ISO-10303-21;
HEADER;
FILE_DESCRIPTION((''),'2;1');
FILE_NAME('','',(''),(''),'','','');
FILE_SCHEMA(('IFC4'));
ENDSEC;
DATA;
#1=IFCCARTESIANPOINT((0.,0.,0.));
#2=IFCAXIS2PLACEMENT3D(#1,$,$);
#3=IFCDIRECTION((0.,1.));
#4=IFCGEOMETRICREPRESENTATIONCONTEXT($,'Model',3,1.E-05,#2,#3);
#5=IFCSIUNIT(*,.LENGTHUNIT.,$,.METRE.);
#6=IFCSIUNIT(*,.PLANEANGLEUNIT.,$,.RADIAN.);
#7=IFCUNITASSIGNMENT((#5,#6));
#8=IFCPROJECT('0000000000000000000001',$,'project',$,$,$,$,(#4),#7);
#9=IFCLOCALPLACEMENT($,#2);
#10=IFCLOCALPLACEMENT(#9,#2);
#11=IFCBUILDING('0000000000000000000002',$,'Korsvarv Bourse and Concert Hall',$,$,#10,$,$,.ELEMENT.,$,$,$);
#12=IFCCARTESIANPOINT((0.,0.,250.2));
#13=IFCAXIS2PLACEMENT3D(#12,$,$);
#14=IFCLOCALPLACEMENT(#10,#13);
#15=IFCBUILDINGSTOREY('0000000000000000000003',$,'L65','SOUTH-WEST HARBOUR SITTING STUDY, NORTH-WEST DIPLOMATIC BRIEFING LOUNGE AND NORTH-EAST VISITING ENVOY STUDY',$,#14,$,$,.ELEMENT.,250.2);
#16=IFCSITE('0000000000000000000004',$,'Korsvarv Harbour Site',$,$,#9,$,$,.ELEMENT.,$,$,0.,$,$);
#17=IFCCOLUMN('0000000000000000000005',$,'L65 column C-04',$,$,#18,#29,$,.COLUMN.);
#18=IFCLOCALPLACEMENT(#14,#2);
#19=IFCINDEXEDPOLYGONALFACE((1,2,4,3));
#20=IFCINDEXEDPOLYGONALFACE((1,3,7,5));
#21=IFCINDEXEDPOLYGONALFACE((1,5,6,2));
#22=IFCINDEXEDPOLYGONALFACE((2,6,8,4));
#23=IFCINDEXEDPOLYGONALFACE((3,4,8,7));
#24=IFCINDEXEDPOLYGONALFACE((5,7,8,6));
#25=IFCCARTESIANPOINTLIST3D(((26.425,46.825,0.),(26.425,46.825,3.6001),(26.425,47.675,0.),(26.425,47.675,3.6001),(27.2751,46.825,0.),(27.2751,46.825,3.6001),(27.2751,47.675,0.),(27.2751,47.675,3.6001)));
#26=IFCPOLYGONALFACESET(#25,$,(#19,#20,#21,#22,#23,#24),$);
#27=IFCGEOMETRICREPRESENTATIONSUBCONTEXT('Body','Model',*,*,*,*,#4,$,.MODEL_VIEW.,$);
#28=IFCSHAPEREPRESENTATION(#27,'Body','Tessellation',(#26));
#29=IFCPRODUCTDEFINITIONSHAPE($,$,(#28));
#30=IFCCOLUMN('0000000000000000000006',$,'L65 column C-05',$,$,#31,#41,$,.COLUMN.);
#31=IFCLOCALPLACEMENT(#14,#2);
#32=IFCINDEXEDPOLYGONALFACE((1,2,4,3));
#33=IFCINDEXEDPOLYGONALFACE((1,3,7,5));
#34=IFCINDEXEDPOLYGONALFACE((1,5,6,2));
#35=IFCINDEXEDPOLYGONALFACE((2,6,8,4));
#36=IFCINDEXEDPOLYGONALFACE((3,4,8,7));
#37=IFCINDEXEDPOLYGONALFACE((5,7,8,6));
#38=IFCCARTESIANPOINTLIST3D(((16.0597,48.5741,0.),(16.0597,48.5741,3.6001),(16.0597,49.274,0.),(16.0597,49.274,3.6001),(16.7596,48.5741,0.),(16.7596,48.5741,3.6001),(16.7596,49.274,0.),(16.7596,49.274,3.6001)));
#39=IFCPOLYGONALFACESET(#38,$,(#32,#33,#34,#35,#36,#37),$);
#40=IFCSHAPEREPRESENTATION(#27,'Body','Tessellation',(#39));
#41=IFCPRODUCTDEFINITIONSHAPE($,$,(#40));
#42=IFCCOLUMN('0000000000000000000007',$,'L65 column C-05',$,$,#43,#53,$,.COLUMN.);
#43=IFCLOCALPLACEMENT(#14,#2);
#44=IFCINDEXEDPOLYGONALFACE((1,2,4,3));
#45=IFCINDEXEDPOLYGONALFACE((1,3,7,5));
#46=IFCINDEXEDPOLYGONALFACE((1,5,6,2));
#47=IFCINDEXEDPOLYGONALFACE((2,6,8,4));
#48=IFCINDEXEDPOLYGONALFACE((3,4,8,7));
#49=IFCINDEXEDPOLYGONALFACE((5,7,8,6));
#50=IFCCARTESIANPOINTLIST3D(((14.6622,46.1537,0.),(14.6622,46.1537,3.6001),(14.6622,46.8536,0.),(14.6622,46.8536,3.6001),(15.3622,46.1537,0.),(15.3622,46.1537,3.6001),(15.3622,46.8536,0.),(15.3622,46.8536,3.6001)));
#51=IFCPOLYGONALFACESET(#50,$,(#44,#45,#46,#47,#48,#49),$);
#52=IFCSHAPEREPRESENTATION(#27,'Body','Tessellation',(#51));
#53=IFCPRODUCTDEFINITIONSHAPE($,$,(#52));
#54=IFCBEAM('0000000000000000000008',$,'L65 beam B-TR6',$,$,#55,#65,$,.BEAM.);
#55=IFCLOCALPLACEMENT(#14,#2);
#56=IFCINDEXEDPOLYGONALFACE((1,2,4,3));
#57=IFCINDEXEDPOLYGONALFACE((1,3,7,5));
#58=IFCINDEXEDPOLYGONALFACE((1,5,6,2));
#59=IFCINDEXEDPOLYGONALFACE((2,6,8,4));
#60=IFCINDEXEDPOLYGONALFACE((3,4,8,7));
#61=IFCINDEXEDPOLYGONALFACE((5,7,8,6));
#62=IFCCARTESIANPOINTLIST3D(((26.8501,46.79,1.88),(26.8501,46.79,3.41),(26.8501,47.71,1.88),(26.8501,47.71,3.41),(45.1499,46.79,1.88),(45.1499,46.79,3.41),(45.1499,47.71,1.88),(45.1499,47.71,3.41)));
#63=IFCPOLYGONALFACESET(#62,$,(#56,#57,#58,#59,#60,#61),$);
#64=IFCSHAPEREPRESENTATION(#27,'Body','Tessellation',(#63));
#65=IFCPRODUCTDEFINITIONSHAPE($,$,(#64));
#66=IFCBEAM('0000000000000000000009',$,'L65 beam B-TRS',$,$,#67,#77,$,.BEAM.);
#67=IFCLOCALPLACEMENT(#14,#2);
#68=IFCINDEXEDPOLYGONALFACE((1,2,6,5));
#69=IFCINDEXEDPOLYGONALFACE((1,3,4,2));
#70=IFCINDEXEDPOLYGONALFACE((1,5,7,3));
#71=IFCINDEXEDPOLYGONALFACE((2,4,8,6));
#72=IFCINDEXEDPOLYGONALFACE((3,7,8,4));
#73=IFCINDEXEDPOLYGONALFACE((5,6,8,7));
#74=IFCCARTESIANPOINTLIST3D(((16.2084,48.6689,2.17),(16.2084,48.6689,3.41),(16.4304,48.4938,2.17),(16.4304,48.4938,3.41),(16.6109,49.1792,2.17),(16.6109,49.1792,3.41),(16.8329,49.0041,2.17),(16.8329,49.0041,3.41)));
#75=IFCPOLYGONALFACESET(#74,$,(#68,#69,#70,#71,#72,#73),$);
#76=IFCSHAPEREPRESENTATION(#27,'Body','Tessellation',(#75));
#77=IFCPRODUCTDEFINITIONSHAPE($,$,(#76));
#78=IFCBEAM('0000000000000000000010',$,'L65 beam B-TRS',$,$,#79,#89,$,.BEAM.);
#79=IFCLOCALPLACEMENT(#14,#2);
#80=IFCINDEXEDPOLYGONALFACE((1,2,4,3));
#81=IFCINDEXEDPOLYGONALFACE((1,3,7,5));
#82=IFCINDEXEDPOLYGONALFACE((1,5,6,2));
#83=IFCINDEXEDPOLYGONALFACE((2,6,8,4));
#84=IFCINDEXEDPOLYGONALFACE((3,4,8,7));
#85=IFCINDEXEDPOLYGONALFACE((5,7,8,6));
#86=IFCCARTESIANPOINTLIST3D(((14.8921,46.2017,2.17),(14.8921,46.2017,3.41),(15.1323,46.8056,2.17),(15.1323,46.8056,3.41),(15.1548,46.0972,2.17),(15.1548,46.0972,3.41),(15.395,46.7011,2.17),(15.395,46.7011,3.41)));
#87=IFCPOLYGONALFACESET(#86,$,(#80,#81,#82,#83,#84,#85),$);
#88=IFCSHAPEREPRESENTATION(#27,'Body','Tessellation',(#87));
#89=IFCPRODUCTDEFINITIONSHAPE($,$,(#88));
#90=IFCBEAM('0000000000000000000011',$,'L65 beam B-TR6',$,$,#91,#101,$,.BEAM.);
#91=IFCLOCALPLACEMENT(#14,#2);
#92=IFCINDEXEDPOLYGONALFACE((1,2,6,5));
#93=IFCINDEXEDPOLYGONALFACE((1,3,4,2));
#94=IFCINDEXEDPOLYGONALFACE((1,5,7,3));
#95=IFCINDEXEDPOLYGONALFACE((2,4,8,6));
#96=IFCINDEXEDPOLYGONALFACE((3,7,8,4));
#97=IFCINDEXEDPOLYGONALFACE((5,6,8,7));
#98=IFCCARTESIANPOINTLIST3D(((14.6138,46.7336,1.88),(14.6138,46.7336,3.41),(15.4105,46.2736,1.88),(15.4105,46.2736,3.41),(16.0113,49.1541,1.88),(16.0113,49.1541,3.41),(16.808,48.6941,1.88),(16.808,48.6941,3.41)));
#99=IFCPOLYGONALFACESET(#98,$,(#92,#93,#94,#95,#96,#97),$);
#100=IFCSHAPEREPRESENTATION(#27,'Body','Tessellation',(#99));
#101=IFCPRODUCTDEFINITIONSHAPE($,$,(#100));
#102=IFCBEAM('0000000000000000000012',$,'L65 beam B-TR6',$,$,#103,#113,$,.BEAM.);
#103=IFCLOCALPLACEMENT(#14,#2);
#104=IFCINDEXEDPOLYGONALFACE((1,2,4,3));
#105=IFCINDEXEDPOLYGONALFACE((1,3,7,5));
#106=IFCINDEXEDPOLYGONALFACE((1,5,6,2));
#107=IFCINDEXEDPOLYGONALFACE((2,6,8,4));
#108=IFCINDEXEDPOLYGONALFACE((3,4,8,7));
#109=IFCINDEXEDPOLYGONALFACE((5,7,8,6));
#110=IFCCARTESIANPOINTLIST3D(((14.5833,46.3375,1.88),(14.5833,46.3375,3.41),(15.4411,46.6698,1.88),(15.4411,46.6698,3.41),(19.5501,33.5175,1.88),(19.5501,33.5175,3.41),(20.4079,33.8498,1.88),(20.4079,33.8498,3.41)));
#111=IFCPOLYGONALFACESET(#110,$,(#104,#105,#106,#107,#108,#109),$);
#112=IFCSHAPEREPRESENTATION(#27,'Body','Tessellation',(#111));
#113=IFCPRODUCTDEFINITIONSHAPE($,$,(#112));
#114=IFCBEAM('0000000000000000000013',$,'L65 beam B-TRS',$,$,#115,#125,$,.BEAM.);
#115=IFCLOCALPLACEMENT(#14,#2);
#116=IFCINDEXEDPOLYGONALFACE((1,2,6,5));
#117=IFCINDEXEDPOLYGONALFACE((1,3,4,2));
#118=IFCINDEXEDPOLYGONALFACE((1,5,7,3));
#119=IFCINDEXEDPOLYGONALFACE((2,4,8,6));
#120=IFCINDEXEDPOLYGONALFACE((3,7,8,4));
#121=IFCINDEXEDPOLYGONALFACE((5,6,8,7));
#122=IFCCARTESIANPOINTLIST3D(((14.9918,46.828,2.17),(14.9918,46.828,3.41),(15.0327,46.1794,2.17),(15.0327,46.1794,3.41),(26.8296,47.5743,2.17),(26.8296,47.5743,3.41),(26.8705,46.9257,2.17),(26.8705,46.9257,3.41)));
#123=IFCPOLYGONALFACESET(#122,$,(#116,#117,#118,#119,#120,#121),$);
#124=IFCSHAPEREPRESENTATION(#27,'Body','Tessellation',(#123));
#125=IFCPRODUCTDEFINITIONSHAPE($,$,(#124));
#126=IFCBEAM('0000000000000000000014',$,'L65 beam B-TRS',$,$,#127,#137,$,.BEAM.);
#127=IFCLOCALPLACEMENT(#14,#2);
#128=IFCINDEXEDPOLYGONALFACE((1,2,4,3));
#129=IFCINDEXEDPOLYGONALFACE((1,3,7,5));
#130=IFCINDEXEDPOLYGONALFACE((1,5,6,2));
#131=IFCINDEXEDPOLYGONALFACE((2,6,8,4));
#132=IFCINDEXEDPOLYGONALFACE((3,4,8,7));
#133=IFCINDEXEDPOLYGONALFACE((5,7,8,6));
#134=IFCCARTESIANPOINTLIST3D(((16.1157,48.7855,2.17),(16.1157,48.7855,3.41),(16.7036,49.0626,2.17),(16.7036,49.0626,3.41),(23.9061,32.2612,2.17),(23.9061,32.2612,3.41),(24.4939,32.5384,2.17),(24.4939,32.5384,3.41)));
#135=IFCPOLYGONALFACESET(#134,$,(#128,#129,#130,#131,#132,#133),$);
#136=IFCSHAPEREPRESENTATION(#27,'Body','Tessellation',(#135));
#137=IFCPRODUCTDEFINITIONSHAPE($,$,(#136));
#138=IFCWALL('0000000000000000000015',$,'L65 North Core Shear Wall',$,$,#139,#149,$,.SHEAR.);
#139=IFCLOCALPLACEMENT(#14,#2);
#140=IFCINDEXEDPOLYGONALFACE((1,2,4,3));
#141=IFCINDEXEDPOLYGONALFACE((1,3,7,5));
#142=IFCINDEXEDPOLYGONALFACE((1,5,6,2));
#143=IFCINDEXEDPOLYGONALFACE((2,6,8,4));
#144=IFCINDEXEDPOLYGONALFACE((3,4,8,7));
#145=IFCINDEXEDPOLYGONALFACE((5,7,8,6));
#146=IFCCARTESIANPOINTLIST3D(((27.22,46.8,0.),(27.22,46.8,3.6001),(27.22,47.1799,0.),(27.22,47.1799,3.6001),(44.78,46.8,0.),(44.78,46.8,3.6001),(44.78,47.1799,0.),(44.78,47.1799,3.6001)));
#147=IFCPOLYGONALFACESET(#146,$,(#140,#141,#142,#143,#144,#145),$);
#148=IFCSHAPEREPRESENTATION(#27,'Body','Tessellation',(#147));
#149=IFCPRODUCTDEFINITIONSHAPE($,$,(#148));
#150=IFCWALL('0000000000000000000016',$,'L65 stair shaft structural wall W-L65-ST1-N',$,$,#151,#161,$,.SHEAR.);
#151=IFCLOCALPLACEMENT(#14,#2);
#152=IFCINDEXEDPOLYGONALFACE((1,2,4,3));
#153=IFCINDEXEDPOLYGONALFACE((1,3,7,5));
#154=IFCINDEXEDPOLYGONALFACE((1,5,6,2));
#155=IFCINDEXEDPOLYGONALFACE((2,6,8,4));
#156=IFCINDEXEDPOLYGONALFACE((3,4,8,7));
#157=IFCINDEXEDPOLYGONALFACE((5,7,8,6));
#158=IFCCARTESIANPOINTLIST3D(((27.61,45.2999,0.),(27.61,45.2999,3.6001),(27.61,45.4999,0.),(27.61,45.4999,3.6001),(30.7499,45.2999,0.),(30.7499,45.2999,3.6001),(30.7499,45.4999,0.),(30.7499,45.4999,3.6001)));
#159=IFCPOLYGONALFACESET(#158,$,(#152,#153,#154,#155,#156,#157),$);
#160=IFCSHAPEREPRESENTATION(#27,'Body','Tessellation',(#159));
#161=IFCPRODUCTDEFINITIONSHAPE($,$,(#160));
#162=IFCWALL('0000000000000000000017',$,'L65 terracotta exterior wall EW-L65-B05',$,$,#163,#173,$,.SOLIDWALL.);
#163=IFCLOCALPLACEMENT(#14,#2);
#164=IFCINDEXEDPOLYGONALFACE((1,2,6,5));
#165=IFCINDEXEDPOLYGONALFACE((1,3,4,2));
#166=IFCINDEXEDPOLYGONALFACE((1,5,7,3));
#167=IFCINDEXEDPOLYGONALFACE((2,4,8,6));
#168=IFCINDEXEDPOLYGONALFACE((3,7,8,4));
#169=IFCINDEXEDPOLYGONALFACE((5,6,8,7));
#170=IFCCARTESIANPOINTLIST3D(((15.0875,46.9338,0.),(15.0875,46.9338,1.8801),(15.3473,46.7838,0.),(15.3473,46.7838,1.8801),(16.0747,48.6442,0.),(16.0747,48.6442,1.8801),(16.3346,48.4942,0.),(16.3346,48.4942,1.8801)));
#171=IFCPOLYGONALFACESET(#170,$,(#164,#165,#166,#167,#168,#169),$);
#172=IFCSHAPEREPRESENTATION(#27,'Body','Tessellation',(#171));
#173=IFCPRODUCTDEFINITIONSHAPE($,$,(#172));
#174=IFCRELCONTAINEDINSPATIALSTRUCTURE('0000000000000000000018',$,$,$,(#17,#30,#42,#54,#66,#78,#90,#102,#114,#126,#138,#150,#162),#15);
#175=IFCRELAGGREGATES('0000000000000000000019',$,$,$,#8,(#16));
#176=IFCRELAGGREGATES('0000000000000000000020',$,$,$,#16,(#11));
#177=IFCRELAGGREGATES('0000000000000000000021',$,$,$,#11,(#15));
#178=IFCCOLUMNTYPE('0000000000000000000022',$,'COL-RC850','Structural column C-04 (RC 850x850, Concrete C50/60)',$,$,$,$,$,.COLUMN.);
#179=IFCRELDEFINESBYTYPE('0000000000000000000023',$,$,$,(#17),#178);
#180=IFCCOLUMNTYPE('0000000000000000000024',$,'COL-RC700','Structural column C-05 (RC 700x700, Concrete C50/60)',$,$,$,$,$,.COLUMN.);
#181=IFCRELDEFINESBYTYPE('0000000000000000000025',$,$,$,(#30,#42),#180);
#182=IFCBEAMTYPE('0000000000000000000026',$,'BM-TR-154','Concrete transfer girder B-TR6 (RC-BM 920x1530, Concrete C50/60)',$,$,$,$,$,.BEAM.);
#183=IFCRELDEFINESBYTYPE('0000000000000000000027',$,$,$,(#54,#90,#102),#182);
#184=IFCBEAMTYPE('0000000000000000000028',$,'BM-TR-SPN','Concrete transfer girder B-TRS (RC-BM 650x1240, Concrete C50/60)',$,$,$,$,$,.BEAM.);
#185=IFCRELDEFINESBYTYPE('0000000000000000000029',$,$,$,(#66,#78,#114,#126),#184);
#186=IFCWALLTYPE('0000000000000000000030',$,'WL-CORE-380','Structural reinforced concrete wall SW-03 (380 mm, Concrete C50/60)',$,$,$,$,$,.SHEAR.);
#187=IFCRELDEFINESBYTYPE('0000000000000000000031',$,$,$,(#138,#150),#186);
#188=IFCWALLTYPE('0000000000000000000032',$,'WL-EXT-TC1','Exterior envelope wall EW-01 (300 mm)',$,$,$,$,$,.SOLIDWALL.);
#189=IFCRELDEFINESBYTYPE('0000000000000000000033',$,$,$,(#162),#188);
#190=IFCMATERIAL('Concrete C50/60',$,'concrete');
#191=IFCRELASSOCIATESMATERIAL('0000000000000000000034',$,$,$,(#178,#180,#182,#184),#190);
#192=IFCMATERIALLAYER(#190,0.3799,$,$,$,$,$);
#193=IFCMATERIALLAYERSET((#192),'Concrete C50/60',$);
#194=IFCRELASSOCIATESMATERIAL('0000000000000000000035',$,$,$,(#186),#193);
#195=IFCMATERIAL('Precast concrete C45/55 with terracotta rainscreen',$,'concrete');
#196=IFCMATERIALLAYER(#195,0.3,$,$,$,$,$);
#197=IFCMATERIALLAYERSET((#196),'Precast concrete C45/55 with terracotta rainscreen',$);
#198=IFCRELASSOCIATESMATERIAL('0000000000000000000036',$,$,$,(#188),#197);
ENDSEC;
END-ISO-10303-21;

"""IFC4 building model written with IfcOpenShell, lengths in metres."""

from ifc_helpers import new_model, si_unit, direction, frame, frame_2d, origin, origin_2d, place, context, subcontext, project, spatial, rectangle, extrude, source, transform, mapped, material, layer, layer_set, material_profile, profile_set, type_object, element, save


model = new_model("IFC4")

# Units and contexts
model_context = context("Model", 3, precision=1e-05, world=origin(), true_north=direction((0.0, 1.0)))
body_context = subcontext(model_context, "Body", "Model", "MODEL_VIEW")
ifc_project = project(units=[si_unit("LENGTHUNIT", "METRE"), si_unit("PLANEANGLEUNIT", "RADIAN")], contexts=[model_context])

# Site, building, storey
site_placement = place(None, origin())
site = spatial("IfcSite", under=ifc_project, at=site_placement, Name="Korsvarv Harbour Site", CompositionType="ELEMENT", RefElevation=0.0)
building_placement = place(site_placement, origin())
building = spatial("IfcBuilding", under=site, at=building_placement, Name="Korsvarv Bourse and Concert Hall", CompositionType="ELEMENT")
storey_placement = place(building_placement, frame((0.0, 0.0, 250.2)))
storey = spatial("IfcBuildingStorey", under=building, at=storey_placement, Name="L65", Description="SOUTH-WEST HARBOUR SITTING STUDY, NORTH-WEST DIPLOMATIC BRIEFING LOUNGE AND NORTH-EAST VISITING ENVOY STUDY", CompositionType="ELEMENT", Elevation=250.2)

# Columns
ifc_material_1 = material(Name="Concrete C50/60", Category="concrete")
ifc_material_profile_1 = material_profile(ifc_material_1, rectangle(XDim=0.8501, YDim=0.8501, at=origin_2d()), Name="RC 850x850")
ifc_profile_set_1 = profile_set([ifc_material_profile_1], Name="Concrete C50/60")
column_type_1 = type_object("IfcColumnType", Name="COL-RC850", Description="Structural column C-04 (RC 850x850, Concrete C50/60)", PredefinedType="COLUMN", material=ifc_profile_set_1)
shared_shape_1 = source(origin(), body_context, "Body", "SweptSolid", [
    extrude(rectangle(XDim=0.8501, YDim=0.8501, at=origin_2d()), origin(), (0.0, 0.0, 1.0), 3.6001),
])
column_placement = place(storey_placement, frame((26.8501, 47.25, 0.0), z_axis=(0.0, 0.0, 1.0), x_axis=(1.0, 0.0, 0.0)))
element("IfcColumn", 1, at=column_placement, inside=storey, type_object=column_type_1, Name="L65 column C-04", PredefinedType="COLUMN", context=body_context, shape_type="MappedRepresentation", body=[
    mapped(shared_shape_1, transform((0.0, 0.0, 0.0), scale=1.0)),
])
ifc_material_profile_2 = material_profile(ifc_material_1, rectangle(XDim=0.7, YDim=0.7, at=origin_2d()), Name="RC 700x700")
ifc_profile_set_2 = profile_set([ifc_material_profile_2], Name="Concrete C50/60")
column_type_2 = type_object("IfcColumnType", Name="COL-RC700", Description="Structural column C-05 (RC 700x700, Concrete C50/60)", PredefinedType="COLUMN", material=ifc_profile_set_2)
shared_shape_2 = source(origin(), body_context, "Body", "SweptSolid", [
    extrude(rectangle(XDim=0.7, YDim=0.7, at=origin_2d()), origin(), (0.0, 0.0, 1.0), 3.6001),
])
for number, where, z_axis, x_axis, name in (
    (2, (16.4097, 48.9241, 0.0), (0.0, 0.0, 1.0), (1.0, 0.0, 0.0), "L65 column C-05"),
    (3, (15.0122, 46.5037, 0.0), (0.0, 0.0, 1.0), (1.0, 0.0, 0.0), "L65 column C-05"),
):
    element("IfcColumn", number, at=place(storey_placement, frame(where, z_axis=z_axis, x_axis=x_axis)), inside=storey, type_object=column_type_2, Name=name, PredefinedType="COLUMN", context=body_context, shape_type="MappedRepresentation", body=[
        mapped(shared_shape_2, transform((0.0, 0.0, 0.0), scale=1.0)),
    ])

# Beams
ifc_material_profile_3 = material_profile(ifc_material_1, rectangle(XDim=0.9199, YDim=1.53, at=origin_2d()), Name="RC-BM 920x1530")
ifc_profile_set_3 = profile_set([ifc_material_profile_3], Name="Concrete C50/60")
beam_type_1 = type_object("IfcBeamType", Name="BM-TR-154", Description="Concrete transfer girder B-TR6 (RC-BM 920x1530, Concrete C50/60)", PredefinedType="BEAM", material=ifc_profile_set_3)
shared_shape_3 = source(origin(), body_context, "Body", "SweptSolid", [
    extrude(rectangle(XDim=0.9199, YDim=1.53, at=origin_2d()), origin(), (0.0, 0.0, 1.0), 18.2998),
])
beam_1_placement = place(storey_placement, frame((26.8501, 47.25, 2.645), z_axis=(1.0, 0.0, 0.0), x_axis=(0.0, 1.0, 0.0)))
element("IfcBeam", 4, at=beam_1_placement, inside=storey, type_object=beam_type_1, Name="L65 beam B-TR6", PredefinedType="BEAM", context=body_context, shape_type="MappedRepresentation", body=[
    mapped(shared_shape_3, transform((0.0, 0.0, 0.0), scale=1.0)),
])
ifc_material_profile_4 = material_profile(ifc_material_1, rectangle(XDim=0.6499, YDim=1.24, at=origin_2d()), Name="RC-BM 650x1240")
ifc_profile_set_4 = profile_set([ifc_material_profile_4], Name="Concrete C50/60")
beam_type_2 = type_object("IfcBeamType", Name="BM-TR-SPN", Description="Concrete transfer girder B-TRS (RC-BM 650x1240, Concrete C50/60)", PredefinedType="BEAM", material=ifc_profile_set_4)
shared_shape_4 = source(origin(), body_context, "Body", "SweptSolid", [
    extrude(rectangle(XDim=0.6499, YDim=1.24, at=origin_2d()), origin(), (0.0, 0.0, 1.0), 0.2827),
])
for number, where, z_axis, x_axis, name in (
    (5, (16.4097, 48.9241, 2.79), (0.785148, -0.619308, 0.0), (0.619308, 0.785148, 0.0), "L65 beam B-TRS"),
    (6, (15.0122, 46.5037, 2.79), (0.92919, -0.369603, 0.0), (0.369603, 0.92919, 0.0), "L65 beam B-TRS"),
):
    element("IfcBeam", number, at=place(storey_placement, frame(where, z_axis=z_axis, x_axis=x_axis)), inside=storey, type_object=beam_type_2, Name=name, PredefinedType="BEAM", context=body_context, shape_type="MappedRepresentation", body=[
        mapped(shared_shape_4, transform((0.0, 0.0, 0.0), scale=1.0)),
    ])
shared_shape_5 = source(origin(), body_context, "Body", "SweptSolid", [
    extrude(rectangle(XDim=0.9199, YDim=1.53, at=origin_2d()), origin(), (0.0, 0.0, 1.0), 2.7949),
])
beam_2_placement = place(storey_placement, frame((16.4097, 48.9241, 2.645), z_axis=(-0.50001, -0.86602, 0.0), x_axis=(0.86602, -0.50001, 0.0)))
element("IfcBeam", 7, at=beam_2_placement, inside=storey, type_object=beam_type_1, Name="L65 beam B-TR6", PredefinedType="BEAM", context=body_context, shape_type="MappedRepresentation", body=[
    mapped(shared_shape_5, transform((0.0, 0.0, 0.0), scale=1.0)),
])
shared_shape_6 = source(origin(), body_context, "Body", "SweptSolid", [
    extrude(rectangle(XDim=0.9199, YDim=1.53, at=origin_2d()), origin(), (0.0, 0.0, 1.0), 13.7485),
])
beam_3_placement = place(storey_placement, frame((15.0122, 46.5037, 2.645), z_axis=(0.361259, -0.932465, 0.0), x_axis=(0.932465, 0.361259, 0.0)))
element("IfcBeam", 8, at=beam_3_placement, inside=storey, type_object=beam_type_1, Name="L65 beam B-TR6", PredefinedType="BEAM", context=body_context, shape_type="MappedRepresentation", body=[
    mapped(shared_shape_6, transform((0.0, 0.0, 0.0), scale=1.0)),
])
shared_shape_7 = source(origin(), body_context, "Body", "SweptSolid", [
    extrude(rectangle(XDim=0.6499, YDim=1.24, at=origin_2d()), origin(), (0.0, 0.0, 1.0), 11.8613),
])
beam_4_placement = place(storey_placement, frame((15.0122, 46.5037, 2.79), z_axis=(0.998018, 0.062922, 0.0), x_axis=(-0.062922, 0.998018, 0.0)))
element("IfcBeam", 9, at=beam_4_placement, inside=storey, type_object=beam_type_2, Name="L65 beam B-TRS", PredefinedType="BEAM", context=body_context, shape_type="MappedRepresentation", body=[
    mapped(shared_shape_7, transform((0.0, 0.0, 0.0), scale=1.0)),
])
shared_shape_8 = source(origin(), body_context, "Body", "SweptSolid", [
    extrude(rectangle(XDim=0.6499, YDim=1.24, at=origin_2d()), origin(), (0.0, 0.0, 1.0), 18.2686),
])
beam_5_placement = place(storey_placement, frame((16.4097, 48.9241, 2.79), z_axis=(0.426433, -0.904519, 0.0), x_axis=(0.904519, 0.426433, 0.0)))
element("IfcBeam", 10, at=beam_5_placement, inside=storey, type_object=beam_type_2, Name="L65 beam B-TRS", PredefinedType="BEAM", context=body_context, shape_type="MappedRepresentation", body=[
    mapped(shared_shape_8, transform((0.0, 0.0, 0.0), scale=1.0)),
])

# Walls
ifc_layer_1 = layer(ifc_material_1, 0.3799)
ifc_layer_set_1 = layer_set([ifc_layer_1], Name="Concrete C50/60")
wall_type_1 = type_object("IfcWallType", Name="WL-CORE-380", Description="Structural reinforced concrete wall SW-03 (380 mm, Concrete C50/60)", PredefinedType="SHEAR", material=ifc_layer_set_1)
wall_1_placement = place(storey_placement, frame((27.22, 46.99, 0.0), z_axis=(0.0, 0.0, 1.0), x_axis=(1.0, 0.0, 0.0)))
element("IfcWall", 11, at=wall_1_placement, inside=storey, type_object=wall_type_1, Name="L65 North Core Shear Wall", PredefinedType="SHEAR", context=body_context, shape_type="SweptSolid", body=[
    extrude(rectangle(XDim=17.5601, YDim=0.3799, at=frame_2d((8.78, 0.0))), origin(), (0.0, 0.0, 1.0), 3.6001),
])
wall_2_placement = place(storey_placement, frame((27.6101, 45.3999, 0.0), z_axis=(0.0, 0.0, 1.0), x_axis=(1.0, 0.0, 0.0)))
element("IfcWall", 12, at=wall_2_placement, inside=storey, type_object=wall_type_1, Name="L65 stair shaft structural wall W-L65-ST1-N", PredefinedType="SHEAR", context=body_context, shape_type="SweptSolid", body=[
    extrude(rectangle(XDim=3.1399, YDim=0.2, at=frame_2d((1.5698, 0.0))), origin(), (0.0, 0.0, 1.0), 3.6001),
])
ifc_material_2 = material(Name="Precast concrete C45/55 with terracotta rainscreen", Category="concrete")
ifc_layer_2 = layer(ifc_material_2, 0.3)
ifc_layer_set_2 = layer_set([ifc_layer_2], Name="Precast concrete C45/55 with terracotta rainscreen")
wall_type_2 = type_object("IfcWallType", Name="WL-EXT-TC1", Description="Exterior envelope wall EW-01 (300 mm)", PredefinedType="SOLIDWALL", material=ifc_layer_set_2)
wall_3_placement = place(storey_placement, frame((16.2046, 48.5691, 0.0), z_axis=(0.0, 0.0, 1.0), x_axis=(-0.499915, -0.866074, 0.0)))
element("IfcWall", 13, at=wall_3_placement, inside=storey, type_object=wall_type_2, Name="L65 terracotta exterior wall EW-L65-B05", PredefinedType="SOLIDWALL", context=body_context, shape_type="SweptSolid", body=[
    extrude(rectangle(XDim=1.9749, YDim=0.3, at=frame_2d((0.9873, 0.0))), origin(), (0.0, 0.0, 1.0), 1.8801),
])

save(model, "model.ifc")
